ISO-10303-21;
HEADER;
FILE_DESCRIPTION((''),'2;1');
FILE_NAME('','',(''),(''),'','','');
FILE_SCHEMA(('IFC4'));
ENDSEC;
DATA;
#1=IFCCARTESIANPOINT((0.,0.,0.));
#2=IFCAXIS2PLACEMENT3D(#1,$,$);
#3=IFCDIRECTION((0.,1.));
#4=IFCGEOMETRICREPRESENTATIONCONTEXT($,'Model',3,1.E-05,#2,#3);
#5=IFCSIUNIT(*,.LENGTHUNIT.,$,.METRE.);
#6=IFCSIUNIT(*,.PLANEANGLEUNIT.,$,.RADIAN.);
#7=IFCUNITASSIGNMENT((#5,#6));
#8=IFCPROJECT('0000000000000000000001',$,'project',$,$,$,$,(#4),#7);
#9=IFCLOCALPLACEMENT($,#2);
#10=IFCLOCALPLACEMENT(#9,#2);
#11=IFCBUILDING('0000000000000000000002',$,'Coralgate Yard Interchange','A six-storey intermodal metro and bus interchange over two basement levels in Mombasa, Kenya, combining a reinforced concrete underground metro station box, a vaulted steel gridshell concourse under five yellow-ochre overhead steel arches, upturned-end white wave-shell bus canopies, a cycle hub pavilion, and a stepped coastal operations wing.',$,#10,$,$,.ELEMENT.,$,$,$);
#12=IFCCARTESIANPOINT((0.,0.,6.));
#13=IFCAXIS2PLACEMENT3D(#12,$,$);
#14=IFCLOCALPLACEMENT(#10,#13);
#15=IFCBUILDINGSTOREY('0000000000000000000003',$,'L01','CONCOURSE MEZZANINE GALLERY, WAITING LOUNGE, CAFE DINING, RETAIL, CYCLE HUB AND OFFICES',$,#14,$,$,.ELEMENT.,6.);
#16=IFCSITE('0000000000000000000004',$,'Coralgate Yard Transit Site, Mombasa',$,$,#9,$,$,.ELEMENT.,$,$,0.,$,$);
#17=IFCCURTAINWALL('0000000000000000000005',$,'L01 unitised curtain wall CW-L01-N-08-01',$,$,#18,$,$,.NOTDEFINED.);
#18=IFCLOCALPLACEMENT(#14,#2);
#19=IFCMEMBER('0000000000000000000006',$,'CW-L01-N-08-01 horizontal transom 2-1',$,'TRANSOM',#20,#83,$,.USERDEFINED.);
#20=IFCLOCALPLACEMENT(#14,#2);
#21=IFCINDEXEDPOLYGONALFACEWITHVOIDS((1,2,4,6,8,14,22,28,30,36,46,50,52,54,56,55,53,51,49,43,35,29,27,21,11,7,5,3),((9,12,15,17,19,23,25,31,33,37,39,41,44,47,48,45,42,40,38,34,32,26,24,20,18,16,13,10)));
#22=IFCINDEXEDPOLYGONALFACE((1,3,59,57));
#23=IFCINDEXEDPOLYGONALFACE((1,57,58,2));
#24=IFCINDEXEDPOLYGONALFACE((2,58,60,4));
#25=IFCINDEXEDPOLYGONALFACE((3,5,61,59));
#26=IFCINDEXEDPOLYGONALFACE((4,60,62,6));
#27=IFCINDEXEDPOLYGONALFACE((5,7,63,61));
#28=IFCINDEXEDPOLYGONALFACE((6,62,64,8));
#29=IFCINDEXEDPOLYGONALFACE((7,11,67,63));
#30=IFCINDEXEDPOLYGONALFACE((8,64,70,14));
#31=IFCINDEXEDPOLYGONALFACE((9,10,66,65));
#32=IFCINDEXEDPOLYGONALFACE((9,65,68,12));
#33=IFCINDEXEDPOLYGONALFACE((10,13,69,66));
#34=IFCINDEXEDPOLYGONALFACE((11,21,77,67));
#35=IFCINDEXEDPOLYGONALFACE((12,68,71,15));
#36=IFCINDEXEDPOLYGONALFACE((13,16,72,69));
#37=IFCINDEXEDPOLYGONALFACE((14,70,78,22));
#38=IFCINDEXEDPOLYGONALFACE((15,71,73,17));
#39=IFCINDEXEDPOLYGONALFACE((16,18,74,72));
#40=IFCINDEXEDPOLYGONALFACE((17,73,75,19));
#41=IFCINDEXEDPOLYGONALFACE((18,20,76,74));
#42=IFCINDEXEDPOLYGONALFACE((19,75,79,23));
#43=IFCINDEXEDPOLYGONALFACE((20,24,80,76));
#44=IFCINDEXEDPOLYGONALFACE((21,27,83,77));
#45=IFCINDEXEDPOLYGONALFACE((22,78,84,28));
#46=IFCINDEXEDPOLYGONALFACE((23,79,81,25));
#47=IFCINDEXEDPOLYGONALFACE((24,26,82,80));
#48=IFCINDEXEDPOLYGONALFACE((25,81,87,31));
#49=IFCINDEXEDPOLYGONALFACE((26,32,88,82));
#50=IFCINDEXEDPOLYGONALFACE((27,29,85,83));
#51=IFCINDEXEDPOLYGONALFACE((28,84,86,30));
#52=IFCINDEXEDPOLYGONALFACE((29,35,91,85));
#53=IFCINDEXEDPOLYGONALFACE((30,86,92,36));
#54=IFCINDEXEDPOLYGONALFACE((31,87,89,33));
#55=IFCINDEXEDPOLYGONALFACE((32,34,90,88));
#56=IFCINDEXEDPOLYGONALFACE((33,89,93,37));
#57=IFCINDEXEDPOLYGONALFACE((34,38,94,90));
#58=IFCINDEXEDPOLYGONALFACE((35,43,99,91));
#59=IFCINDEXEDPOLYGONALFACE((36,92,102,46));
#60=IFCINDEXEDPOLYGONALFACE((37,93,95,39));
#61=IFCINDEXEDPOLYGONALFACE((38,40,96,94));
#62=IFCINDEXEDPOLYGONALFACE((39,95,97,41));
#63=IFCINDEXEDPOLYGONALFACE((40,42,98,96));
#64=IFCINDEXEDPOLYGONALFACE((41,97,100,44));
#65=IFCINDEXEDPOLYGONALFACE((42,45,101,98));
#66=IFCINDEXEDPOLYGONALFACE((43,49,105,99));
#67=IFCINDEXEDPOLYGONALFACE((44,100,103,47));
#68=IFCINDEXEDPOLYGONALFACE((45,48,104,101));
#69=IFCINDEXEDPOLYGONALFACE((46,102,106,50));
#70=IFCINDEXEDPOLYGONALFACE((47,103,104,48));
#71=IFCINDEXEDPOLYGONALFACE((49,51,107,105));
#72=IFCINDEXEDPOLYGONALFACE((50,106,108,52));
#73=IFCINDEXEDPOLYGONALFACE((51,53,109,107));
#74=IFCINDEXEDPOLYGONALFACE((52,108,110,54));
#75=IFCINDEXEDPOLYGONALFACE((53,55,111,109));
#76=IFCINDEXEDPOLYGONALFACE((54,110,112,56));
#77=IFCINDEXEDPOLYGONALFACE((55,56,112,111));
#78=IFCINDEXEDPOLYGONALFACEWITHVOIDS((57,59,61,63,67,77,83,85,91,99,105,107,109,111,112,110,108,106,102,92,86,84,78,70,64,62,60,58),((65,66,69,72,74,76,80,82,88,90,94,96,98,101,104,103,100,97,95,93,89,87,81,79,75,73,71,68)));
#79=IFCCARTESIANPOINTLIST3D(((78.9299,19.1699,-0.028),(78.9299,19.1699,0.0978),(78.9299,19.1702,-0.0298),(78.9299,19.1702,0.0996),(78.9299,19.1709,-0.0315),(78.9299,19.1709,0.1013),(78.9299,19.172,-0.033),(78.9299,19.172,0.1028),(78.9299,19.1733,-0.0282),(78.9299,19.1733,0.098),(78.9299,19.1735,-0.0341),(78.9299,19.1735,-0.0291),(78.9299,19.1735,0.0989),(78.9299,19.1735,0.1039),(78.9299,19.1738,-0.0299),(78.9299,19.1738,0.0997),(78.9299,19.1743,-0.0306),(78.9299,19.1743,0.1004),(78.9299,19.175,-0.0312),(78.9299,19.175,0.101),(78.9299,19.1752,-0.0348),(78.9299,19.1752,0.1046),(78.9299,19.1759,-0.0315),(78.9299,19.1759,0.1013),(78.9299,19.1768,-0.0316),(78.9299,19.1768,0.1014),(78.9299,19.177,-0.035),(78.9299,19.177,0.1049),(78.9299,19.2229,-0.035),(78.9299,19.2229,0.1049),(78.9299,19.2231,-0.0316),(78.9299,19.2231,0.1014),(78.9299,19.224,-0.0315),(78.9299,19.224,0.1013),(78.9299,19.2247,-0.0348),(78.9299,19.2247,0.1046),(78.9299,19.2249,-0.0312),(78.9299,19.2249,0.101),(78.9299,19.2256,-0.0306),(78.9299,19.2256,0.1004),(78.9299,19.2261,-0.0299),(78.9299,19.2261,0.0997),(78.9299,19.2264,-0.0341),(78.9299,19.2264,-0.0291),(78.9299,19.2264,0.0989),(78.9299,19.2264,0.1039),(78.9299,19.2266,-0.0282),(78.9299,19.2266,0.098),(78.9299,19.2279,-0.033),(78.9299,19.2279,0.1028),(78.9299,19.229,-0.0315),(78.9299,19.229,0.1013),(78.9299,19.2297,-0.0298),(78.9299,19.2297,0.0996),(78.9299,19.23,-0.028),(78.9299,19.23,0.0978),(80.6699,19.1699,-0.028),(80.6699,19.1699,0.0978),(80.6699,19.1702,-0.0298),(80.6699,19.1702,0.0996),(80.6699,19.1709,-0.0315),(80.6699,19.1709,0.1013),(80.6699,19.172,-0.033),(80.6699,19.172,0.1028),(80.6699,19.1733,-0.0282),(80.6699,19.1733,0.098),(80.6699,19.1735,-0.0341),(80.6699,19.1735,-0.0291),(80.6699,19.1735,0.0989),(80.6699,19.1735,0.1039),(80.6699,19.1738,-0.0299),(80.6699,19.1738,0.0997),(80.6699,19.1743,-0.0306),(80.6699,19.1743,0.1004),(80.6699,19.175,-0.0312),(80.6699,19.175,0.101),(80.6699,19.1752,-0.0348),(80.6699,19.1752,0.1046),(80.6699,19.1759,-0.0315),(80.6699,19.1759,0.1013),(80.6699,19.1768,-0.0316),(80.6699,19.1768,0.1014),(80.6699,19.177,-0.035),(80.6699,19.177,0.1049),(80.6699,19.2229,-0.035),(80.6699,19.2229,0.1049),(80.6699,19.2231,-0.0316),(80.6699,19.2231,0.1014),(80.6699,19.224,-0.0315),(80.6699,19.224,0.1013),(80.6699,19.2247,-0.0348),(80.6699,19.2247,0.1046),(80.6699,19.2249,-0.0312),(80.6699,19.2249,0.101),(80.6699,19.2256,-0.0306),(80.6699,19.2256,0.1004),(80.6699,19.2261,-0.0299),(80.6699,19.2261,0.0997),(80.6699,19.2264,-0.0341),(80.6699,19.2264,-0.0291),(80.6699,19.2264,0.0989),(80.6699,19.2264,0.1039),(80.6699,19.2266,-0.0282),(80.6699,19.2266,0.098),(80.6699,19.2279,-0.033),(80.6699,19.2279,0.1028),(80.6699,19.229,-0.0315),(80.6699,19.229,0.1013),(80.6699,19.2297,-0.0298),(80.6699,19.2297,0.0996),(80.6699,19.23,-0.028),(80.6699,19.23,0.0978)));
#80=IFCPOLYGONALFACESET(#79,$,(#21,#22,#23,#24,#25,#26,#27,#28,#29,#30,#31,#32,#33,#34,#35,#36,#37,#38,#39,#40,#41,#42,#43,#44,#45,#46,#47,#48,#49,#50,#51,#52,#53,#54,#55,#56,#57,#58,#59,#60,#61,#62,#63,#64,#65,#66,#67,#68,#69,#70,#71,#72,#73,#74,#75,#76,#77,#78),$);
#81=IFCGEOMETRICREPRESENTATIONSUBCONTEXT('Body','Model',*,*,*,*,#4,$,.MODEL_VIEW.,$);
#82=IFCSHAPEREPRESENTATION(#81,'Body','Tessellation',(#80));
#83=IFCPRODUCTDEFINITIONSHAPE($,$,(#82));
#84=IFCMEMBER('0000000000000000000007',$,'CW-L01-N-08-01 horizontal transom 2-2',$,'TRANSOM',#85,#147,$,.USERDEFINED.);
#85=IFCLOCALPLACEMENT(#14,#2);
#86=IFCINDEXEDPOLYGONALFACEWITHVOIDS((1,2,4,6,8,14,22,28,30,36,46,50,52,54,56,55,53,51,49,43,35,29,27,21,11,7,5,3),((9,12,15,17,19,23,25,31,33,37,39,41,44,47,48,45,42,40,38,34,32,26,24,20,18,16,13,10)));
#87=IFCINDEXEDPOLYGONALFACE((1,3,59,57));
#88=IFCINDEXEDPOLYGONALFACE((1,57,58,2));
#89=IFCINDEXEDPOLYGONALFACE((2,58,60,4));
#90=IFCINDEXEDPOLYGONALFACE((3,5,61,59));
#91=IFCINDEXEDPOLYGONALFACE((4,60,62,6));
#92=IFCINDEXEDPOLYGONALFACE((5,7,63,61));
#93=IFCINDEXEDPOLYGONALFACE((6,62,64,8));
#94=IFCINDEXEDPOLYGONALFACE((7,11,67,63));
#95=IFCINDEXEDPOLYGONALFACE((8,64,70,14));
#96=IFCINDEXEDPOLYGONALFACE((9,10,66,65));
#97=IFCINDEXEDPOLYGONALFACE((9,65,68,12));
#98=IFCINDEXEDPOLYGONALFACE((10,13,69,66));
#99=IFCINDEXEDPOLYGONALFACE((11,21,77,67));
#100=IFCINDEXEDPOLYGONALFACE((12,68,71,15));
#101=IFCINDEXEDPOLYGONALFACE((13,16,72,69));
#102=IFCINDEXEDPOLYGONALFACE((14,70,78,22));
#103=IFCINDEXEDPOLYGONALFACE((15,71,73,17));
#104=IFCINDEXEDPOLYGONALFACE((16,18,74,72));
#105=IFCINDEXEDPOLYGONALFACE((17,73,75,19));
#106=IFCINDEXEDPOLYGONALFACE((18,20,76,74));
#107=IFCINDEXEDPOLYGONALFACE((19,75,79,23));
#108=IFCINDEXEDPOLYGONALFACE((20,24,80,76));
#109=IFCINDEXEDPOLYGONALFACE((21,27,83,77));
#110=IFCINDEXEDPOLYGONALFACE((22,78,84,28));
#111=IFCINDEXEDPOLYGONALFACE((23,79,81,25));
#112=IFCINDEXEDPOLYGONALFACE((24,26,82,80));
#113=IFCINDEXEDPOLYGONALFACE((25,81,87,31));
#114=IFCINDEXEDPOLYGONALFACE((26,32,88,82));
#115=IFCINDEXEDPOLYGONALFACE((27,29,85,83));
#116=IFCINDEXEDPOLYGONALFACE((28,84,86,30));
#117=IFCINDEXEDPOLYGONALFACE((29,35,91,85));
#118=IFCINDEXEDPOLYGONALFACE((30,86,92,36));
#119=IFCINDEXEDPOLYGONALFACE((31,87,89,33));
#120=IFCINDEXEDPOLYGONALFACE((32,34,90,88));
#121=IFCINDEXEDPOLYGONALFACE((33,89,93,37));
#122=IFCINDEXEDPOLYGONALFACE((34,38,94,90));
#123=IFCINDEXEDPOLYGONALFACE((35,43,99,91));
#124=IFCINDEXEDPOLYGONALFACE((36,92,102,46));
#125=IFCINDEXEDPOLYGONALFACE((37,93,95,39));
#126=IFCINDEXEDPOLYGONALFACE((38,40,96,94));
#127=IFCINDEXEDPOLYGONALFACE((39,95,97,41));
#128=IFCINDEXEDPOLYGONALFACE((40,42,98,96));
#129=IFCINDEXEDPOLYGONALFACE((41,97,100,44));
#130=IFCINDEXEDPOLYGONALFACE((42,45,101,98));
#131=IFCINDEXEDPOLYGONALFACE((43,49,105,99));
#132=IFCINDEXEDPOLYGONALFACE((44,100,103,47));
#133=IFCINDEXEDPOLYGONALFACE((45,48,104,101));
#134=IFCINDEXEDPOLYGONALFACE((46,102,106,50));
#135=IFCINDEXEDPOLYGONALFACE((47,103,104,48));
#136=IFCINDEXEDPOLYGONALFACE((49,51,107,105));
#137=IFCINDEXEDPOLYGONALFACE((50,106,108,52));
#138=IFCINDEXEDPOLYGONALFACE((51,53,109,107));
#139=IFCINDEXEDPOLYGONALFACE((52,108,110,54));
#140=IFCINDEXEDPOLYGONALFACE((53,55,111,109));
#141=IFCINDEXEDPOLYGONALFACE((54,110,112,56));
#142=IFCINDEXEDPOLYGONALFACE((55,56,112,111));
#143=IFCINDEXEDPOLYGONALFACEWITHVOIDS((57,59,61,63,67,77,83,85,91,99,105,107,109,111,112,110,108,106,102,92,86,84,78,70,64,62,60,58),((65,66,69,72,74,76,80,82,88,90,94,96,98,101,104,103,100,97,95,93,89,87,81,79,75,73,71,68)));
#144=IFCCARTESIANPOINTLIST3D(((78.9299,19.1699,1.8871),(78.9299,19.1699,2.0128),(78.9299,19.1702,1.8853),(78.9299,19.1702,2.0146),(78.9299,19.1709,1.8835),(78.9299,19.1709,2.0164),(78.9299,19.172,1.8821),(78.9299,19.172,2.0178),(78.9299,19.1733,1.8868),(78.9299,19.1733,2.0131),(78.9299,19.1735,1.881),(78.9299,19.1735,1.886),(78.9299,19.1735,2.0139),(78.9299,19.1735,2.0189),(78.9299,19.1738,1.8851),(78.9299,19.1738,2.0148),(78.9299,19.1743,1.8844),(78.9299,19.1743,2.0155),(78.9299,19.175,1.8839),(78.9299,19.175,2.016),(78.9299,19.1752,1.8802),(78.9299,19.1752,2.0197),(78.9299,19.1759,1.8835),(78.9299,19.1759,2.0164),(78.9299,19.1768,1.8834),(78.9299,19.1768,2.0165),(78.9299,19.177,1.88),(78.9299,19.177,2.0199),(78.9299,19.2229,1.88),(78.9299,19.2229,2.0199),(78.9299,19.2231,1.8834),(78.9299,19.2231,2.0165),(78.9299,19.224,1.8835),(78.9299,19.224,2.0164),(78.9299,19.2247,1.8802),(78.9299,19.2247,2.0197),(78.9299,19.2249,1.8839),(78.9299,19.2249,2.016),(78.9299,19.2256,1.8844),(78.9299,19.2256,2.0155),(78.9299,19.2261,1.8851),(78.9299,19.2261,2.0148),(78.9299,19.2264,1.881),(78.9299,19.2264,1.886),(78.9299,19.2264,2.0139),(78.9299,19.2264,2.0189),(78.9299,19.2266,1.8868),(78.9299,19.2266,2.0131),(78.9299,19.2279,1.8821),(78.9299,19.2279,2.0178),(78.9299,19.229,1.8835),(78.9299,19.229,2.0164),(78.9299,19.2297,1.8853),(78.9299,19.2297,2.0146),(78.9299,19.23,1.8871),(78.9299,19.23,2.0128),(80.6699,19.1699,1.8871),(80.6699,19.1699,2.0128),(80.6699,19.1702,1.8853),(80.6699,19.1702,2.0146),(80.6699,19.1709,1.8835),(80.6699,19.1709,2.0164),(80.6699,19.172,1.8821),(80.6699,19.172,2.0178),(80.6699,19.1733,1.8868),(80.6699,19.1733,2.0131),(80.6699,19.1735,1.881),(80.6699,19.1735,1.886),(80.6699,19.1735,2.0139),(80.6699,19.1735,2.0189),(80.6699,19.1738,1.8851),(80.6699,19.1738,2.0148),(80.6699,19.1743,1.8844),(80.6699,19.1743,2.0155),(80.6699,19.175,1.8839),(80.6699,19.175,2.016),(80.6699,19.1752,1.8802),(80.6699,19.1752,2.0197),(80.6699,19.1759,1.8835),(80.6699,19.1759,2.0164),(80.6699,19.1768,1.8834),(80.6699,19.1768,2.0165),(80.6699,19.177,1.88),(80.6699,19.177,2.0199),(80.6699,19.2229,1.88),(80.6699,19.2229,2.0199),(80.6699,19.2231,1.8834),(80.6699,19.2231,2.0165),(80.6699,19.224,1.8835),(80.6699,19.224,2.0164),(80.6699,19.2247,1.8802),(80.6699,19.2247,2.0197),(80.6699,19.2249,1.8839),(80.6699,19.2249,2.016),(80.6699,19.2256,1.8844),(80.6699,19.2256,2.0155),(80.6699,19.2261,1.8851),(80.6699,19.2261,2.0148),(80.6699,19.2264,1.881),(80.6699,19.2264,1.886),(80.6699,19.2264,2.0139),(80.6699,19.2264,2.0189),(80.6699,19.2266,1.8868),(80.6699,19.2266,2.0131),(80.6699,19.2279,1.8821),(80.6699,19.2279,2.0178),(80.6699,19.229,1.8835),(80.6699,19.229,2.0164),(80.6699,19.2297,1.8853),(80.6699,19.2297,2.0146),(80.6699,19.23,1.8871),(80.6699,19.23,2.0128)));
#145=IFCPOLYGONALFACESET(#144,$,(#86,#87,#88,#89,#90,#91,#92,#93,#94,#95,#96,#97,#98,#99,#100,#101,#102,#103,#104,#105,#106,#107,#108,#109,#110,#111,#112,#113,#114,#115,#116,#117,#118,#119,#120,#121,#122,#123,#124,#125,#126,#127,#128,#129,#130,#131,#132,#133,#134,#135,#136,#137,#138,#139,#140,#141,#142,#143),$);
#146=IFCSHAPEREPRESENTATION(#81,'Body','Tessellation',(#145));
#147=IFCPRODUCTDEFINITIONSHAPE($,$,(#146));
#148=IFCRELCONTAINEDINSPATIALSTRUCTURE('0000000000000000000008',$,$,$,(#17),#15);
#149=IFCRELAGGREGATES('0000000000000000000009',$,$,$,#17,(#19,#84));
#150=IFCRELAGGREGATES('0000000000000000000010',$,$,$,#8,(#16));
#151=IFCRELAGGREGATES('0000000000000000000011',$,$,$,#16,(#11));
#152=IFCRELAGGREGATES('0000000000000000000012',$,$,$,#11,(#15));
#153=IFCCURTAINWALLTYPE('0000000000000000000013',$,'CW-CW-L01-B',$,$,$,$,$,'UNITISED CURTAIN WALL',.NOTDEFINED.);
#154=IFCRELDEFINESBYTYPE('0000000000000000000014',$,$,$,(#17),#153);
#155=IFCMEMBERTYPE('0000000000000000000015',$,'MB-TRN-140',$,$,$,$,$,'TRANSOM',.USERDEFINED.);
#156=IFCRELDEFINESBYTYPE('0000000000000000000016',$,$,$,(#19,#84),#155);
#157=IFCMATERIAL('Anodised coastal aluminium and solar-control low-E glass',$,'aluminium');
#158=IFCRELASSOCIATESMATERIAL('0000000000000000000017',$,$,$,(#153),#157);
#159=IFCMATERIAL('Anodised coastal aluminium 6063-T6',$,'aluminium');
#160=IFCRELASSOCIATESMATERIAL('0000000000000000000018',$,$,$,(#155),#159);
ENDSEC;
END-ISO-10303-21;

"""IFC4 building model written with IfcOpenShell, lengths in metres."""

from ifc_helpers import new_model, si_unit, direction, frame, origin, origin_2d, place, context, subcontext, project, spatial, hollow_rectangle, extrude, material, material_profile, profile_set, type_object, element, aggregate, save


model = new_model("IFC4")

# Units and contexts
model_context = context("Model", 3, precision=1e-05, world=origin(), true_north=direction((0.0, 1.0)))
body_context = subcontext(model_context, "Body", "Model", "MODEL_VIEW")
ifc_project = project(units=[si_unit("LENGTHUNIT", "METRE"), si_unit("PLANEANGLEUNIT", "RADIAN")], contexts=[model_context])

# Site, building, storey
site_placement = place(None, origin())
site = spatial("IfcSite", under=ifc_project, at=site_placement, Name="Coralgate Yard Transit Site, Mombasa", CompositionType="ELEMENT", RefElevation=0.0)
building_placement = place(site_placement, origin())
building = spatial("IfcBuilding", under=site, at=building_placement, Name="Coralgate Yard Interchange", Description="A six-storey intermodal metro and bus interchange over two basement levels in Mombasa, Kenya, combining a reinforced concrete underground metro station box, a vaulted steel gridshell concourse under five yellow-ochre overhead steel arches, upturned-end white wave-shell bus canopies, a cycle hub pavilion, and a stepped coastal operations wing.", CompositionType="ELEMENT")
storey_placement = place(building_placement, frame((0.0, 0.0, 6.0)))
storey = spatial("IfcBuildingStorey", under=building, at=storey_placement, Name="L01", Description="CONCOURSE MEZZANINE GALLERY, WAITING LOUNGE, CAFE DINING, RETAIL, CYCLE HUB AND OFFICES", CompositionType="ELEMENT", Elevation=6.0)

# Curtain wall
ifc_material_1 = material(Name="Anodised coastal aluminium and solar-control low-E glass", Category="aluminium")
curtain_wall_type = type_object("IfcCurtainWallType", Name="CW-CW-L01-B", ElementType="UNITISED CURTAIN WALL", PredefinedType="NOTDEFINED", material=ifc_material_1)
ifc_material_2 = material(Name="Anodised coastal aluminium 6063-T6", Category="aluminium")
curtain_wall_1_placement = place(storey_placement, origin())
curtain_wall_1 = element("IfcCurtainWall", 1, at=curtain_wall_1_placement, inside=storey, type_object=curtain_wall_type, Name="L01 unitised curtain wall CW-L01-N-08-01", PredefinedType="NOTDEFINED")

# Members
ifc_material_profile_1 = material_profile(ifc_material_2, hollow_rectangle(XDim=0.0601, YDim=0.1399, WallThickness=0.0034, InnerFilletRadius=0.0034, OuterFilletRadius=0.0071, at=origin_2d()), Name="ALU 60x140x3.5")
ifc_profile_set_1 = profile_set([ifc_material_profile_1], Name="Anodised coastal aluminium 6063-T6")
member_type_1 = type_object("IfcMemberType", Name="MB-TRN-140", ElementType="TRANSOM", PredefinedType="USERDEFINED", material=ifc_profile_set_1)
member_1_placement = place(storey_placement, frame((78.9299, 19.2, 0.0349), z_axis=(1.0, 0.0, 0.0), x_axis=(0.0, 1.0, 0.0)))
member_1 = element("IfcMember", 2, at=member_1_placement, type_object=member_type_1, Name="CW-L01-N-08-01 horizontal transom 2-1", ObjectType="TRANSOM", PredefinedType="USERDEFINED", context=body_context, shape_type="SweptSolid", body=[
    extrude(hollow_rectangle(XDim=0.0601, YDim=0.1399, WallThickness=0.0034, InnerFilletRadius=0.0034, OuterFilletRadius=0.0071, at=origin_2d()), origin(), (0.0, 0.0, 1.0), 1.74),
])
member_2_placement = place(storey_placement, frame((78.9299, 19.2, 1.95), z_axis=(1.0, 0.0, 0.0), x_axis=(0.0, 1.0, 0.0)))
member_2 = element("IfcMember", 3, at=member_2_placement, type_object=member_type_1, Name="CW-L01-N-08-01 horizontal transom 2-2", ObjectType="TRANSOM", PredefinedType="USERDEFINED", context=body_context, shape_type="SweptSolid", body=[
    extrude(hollow_rectangle(XDim=0.0601, YDim=0.1399, WallThickness=0.0034, InnerFilletRadius=0.0034, OuterFilletRadius=0.0071, at=origin_2d()), origin(), (0.0, 0.0, 1.0), 1.74),
])

aggregate(curtain_wall_1, [member_1, member_2])

save(model, "model.ifc")
